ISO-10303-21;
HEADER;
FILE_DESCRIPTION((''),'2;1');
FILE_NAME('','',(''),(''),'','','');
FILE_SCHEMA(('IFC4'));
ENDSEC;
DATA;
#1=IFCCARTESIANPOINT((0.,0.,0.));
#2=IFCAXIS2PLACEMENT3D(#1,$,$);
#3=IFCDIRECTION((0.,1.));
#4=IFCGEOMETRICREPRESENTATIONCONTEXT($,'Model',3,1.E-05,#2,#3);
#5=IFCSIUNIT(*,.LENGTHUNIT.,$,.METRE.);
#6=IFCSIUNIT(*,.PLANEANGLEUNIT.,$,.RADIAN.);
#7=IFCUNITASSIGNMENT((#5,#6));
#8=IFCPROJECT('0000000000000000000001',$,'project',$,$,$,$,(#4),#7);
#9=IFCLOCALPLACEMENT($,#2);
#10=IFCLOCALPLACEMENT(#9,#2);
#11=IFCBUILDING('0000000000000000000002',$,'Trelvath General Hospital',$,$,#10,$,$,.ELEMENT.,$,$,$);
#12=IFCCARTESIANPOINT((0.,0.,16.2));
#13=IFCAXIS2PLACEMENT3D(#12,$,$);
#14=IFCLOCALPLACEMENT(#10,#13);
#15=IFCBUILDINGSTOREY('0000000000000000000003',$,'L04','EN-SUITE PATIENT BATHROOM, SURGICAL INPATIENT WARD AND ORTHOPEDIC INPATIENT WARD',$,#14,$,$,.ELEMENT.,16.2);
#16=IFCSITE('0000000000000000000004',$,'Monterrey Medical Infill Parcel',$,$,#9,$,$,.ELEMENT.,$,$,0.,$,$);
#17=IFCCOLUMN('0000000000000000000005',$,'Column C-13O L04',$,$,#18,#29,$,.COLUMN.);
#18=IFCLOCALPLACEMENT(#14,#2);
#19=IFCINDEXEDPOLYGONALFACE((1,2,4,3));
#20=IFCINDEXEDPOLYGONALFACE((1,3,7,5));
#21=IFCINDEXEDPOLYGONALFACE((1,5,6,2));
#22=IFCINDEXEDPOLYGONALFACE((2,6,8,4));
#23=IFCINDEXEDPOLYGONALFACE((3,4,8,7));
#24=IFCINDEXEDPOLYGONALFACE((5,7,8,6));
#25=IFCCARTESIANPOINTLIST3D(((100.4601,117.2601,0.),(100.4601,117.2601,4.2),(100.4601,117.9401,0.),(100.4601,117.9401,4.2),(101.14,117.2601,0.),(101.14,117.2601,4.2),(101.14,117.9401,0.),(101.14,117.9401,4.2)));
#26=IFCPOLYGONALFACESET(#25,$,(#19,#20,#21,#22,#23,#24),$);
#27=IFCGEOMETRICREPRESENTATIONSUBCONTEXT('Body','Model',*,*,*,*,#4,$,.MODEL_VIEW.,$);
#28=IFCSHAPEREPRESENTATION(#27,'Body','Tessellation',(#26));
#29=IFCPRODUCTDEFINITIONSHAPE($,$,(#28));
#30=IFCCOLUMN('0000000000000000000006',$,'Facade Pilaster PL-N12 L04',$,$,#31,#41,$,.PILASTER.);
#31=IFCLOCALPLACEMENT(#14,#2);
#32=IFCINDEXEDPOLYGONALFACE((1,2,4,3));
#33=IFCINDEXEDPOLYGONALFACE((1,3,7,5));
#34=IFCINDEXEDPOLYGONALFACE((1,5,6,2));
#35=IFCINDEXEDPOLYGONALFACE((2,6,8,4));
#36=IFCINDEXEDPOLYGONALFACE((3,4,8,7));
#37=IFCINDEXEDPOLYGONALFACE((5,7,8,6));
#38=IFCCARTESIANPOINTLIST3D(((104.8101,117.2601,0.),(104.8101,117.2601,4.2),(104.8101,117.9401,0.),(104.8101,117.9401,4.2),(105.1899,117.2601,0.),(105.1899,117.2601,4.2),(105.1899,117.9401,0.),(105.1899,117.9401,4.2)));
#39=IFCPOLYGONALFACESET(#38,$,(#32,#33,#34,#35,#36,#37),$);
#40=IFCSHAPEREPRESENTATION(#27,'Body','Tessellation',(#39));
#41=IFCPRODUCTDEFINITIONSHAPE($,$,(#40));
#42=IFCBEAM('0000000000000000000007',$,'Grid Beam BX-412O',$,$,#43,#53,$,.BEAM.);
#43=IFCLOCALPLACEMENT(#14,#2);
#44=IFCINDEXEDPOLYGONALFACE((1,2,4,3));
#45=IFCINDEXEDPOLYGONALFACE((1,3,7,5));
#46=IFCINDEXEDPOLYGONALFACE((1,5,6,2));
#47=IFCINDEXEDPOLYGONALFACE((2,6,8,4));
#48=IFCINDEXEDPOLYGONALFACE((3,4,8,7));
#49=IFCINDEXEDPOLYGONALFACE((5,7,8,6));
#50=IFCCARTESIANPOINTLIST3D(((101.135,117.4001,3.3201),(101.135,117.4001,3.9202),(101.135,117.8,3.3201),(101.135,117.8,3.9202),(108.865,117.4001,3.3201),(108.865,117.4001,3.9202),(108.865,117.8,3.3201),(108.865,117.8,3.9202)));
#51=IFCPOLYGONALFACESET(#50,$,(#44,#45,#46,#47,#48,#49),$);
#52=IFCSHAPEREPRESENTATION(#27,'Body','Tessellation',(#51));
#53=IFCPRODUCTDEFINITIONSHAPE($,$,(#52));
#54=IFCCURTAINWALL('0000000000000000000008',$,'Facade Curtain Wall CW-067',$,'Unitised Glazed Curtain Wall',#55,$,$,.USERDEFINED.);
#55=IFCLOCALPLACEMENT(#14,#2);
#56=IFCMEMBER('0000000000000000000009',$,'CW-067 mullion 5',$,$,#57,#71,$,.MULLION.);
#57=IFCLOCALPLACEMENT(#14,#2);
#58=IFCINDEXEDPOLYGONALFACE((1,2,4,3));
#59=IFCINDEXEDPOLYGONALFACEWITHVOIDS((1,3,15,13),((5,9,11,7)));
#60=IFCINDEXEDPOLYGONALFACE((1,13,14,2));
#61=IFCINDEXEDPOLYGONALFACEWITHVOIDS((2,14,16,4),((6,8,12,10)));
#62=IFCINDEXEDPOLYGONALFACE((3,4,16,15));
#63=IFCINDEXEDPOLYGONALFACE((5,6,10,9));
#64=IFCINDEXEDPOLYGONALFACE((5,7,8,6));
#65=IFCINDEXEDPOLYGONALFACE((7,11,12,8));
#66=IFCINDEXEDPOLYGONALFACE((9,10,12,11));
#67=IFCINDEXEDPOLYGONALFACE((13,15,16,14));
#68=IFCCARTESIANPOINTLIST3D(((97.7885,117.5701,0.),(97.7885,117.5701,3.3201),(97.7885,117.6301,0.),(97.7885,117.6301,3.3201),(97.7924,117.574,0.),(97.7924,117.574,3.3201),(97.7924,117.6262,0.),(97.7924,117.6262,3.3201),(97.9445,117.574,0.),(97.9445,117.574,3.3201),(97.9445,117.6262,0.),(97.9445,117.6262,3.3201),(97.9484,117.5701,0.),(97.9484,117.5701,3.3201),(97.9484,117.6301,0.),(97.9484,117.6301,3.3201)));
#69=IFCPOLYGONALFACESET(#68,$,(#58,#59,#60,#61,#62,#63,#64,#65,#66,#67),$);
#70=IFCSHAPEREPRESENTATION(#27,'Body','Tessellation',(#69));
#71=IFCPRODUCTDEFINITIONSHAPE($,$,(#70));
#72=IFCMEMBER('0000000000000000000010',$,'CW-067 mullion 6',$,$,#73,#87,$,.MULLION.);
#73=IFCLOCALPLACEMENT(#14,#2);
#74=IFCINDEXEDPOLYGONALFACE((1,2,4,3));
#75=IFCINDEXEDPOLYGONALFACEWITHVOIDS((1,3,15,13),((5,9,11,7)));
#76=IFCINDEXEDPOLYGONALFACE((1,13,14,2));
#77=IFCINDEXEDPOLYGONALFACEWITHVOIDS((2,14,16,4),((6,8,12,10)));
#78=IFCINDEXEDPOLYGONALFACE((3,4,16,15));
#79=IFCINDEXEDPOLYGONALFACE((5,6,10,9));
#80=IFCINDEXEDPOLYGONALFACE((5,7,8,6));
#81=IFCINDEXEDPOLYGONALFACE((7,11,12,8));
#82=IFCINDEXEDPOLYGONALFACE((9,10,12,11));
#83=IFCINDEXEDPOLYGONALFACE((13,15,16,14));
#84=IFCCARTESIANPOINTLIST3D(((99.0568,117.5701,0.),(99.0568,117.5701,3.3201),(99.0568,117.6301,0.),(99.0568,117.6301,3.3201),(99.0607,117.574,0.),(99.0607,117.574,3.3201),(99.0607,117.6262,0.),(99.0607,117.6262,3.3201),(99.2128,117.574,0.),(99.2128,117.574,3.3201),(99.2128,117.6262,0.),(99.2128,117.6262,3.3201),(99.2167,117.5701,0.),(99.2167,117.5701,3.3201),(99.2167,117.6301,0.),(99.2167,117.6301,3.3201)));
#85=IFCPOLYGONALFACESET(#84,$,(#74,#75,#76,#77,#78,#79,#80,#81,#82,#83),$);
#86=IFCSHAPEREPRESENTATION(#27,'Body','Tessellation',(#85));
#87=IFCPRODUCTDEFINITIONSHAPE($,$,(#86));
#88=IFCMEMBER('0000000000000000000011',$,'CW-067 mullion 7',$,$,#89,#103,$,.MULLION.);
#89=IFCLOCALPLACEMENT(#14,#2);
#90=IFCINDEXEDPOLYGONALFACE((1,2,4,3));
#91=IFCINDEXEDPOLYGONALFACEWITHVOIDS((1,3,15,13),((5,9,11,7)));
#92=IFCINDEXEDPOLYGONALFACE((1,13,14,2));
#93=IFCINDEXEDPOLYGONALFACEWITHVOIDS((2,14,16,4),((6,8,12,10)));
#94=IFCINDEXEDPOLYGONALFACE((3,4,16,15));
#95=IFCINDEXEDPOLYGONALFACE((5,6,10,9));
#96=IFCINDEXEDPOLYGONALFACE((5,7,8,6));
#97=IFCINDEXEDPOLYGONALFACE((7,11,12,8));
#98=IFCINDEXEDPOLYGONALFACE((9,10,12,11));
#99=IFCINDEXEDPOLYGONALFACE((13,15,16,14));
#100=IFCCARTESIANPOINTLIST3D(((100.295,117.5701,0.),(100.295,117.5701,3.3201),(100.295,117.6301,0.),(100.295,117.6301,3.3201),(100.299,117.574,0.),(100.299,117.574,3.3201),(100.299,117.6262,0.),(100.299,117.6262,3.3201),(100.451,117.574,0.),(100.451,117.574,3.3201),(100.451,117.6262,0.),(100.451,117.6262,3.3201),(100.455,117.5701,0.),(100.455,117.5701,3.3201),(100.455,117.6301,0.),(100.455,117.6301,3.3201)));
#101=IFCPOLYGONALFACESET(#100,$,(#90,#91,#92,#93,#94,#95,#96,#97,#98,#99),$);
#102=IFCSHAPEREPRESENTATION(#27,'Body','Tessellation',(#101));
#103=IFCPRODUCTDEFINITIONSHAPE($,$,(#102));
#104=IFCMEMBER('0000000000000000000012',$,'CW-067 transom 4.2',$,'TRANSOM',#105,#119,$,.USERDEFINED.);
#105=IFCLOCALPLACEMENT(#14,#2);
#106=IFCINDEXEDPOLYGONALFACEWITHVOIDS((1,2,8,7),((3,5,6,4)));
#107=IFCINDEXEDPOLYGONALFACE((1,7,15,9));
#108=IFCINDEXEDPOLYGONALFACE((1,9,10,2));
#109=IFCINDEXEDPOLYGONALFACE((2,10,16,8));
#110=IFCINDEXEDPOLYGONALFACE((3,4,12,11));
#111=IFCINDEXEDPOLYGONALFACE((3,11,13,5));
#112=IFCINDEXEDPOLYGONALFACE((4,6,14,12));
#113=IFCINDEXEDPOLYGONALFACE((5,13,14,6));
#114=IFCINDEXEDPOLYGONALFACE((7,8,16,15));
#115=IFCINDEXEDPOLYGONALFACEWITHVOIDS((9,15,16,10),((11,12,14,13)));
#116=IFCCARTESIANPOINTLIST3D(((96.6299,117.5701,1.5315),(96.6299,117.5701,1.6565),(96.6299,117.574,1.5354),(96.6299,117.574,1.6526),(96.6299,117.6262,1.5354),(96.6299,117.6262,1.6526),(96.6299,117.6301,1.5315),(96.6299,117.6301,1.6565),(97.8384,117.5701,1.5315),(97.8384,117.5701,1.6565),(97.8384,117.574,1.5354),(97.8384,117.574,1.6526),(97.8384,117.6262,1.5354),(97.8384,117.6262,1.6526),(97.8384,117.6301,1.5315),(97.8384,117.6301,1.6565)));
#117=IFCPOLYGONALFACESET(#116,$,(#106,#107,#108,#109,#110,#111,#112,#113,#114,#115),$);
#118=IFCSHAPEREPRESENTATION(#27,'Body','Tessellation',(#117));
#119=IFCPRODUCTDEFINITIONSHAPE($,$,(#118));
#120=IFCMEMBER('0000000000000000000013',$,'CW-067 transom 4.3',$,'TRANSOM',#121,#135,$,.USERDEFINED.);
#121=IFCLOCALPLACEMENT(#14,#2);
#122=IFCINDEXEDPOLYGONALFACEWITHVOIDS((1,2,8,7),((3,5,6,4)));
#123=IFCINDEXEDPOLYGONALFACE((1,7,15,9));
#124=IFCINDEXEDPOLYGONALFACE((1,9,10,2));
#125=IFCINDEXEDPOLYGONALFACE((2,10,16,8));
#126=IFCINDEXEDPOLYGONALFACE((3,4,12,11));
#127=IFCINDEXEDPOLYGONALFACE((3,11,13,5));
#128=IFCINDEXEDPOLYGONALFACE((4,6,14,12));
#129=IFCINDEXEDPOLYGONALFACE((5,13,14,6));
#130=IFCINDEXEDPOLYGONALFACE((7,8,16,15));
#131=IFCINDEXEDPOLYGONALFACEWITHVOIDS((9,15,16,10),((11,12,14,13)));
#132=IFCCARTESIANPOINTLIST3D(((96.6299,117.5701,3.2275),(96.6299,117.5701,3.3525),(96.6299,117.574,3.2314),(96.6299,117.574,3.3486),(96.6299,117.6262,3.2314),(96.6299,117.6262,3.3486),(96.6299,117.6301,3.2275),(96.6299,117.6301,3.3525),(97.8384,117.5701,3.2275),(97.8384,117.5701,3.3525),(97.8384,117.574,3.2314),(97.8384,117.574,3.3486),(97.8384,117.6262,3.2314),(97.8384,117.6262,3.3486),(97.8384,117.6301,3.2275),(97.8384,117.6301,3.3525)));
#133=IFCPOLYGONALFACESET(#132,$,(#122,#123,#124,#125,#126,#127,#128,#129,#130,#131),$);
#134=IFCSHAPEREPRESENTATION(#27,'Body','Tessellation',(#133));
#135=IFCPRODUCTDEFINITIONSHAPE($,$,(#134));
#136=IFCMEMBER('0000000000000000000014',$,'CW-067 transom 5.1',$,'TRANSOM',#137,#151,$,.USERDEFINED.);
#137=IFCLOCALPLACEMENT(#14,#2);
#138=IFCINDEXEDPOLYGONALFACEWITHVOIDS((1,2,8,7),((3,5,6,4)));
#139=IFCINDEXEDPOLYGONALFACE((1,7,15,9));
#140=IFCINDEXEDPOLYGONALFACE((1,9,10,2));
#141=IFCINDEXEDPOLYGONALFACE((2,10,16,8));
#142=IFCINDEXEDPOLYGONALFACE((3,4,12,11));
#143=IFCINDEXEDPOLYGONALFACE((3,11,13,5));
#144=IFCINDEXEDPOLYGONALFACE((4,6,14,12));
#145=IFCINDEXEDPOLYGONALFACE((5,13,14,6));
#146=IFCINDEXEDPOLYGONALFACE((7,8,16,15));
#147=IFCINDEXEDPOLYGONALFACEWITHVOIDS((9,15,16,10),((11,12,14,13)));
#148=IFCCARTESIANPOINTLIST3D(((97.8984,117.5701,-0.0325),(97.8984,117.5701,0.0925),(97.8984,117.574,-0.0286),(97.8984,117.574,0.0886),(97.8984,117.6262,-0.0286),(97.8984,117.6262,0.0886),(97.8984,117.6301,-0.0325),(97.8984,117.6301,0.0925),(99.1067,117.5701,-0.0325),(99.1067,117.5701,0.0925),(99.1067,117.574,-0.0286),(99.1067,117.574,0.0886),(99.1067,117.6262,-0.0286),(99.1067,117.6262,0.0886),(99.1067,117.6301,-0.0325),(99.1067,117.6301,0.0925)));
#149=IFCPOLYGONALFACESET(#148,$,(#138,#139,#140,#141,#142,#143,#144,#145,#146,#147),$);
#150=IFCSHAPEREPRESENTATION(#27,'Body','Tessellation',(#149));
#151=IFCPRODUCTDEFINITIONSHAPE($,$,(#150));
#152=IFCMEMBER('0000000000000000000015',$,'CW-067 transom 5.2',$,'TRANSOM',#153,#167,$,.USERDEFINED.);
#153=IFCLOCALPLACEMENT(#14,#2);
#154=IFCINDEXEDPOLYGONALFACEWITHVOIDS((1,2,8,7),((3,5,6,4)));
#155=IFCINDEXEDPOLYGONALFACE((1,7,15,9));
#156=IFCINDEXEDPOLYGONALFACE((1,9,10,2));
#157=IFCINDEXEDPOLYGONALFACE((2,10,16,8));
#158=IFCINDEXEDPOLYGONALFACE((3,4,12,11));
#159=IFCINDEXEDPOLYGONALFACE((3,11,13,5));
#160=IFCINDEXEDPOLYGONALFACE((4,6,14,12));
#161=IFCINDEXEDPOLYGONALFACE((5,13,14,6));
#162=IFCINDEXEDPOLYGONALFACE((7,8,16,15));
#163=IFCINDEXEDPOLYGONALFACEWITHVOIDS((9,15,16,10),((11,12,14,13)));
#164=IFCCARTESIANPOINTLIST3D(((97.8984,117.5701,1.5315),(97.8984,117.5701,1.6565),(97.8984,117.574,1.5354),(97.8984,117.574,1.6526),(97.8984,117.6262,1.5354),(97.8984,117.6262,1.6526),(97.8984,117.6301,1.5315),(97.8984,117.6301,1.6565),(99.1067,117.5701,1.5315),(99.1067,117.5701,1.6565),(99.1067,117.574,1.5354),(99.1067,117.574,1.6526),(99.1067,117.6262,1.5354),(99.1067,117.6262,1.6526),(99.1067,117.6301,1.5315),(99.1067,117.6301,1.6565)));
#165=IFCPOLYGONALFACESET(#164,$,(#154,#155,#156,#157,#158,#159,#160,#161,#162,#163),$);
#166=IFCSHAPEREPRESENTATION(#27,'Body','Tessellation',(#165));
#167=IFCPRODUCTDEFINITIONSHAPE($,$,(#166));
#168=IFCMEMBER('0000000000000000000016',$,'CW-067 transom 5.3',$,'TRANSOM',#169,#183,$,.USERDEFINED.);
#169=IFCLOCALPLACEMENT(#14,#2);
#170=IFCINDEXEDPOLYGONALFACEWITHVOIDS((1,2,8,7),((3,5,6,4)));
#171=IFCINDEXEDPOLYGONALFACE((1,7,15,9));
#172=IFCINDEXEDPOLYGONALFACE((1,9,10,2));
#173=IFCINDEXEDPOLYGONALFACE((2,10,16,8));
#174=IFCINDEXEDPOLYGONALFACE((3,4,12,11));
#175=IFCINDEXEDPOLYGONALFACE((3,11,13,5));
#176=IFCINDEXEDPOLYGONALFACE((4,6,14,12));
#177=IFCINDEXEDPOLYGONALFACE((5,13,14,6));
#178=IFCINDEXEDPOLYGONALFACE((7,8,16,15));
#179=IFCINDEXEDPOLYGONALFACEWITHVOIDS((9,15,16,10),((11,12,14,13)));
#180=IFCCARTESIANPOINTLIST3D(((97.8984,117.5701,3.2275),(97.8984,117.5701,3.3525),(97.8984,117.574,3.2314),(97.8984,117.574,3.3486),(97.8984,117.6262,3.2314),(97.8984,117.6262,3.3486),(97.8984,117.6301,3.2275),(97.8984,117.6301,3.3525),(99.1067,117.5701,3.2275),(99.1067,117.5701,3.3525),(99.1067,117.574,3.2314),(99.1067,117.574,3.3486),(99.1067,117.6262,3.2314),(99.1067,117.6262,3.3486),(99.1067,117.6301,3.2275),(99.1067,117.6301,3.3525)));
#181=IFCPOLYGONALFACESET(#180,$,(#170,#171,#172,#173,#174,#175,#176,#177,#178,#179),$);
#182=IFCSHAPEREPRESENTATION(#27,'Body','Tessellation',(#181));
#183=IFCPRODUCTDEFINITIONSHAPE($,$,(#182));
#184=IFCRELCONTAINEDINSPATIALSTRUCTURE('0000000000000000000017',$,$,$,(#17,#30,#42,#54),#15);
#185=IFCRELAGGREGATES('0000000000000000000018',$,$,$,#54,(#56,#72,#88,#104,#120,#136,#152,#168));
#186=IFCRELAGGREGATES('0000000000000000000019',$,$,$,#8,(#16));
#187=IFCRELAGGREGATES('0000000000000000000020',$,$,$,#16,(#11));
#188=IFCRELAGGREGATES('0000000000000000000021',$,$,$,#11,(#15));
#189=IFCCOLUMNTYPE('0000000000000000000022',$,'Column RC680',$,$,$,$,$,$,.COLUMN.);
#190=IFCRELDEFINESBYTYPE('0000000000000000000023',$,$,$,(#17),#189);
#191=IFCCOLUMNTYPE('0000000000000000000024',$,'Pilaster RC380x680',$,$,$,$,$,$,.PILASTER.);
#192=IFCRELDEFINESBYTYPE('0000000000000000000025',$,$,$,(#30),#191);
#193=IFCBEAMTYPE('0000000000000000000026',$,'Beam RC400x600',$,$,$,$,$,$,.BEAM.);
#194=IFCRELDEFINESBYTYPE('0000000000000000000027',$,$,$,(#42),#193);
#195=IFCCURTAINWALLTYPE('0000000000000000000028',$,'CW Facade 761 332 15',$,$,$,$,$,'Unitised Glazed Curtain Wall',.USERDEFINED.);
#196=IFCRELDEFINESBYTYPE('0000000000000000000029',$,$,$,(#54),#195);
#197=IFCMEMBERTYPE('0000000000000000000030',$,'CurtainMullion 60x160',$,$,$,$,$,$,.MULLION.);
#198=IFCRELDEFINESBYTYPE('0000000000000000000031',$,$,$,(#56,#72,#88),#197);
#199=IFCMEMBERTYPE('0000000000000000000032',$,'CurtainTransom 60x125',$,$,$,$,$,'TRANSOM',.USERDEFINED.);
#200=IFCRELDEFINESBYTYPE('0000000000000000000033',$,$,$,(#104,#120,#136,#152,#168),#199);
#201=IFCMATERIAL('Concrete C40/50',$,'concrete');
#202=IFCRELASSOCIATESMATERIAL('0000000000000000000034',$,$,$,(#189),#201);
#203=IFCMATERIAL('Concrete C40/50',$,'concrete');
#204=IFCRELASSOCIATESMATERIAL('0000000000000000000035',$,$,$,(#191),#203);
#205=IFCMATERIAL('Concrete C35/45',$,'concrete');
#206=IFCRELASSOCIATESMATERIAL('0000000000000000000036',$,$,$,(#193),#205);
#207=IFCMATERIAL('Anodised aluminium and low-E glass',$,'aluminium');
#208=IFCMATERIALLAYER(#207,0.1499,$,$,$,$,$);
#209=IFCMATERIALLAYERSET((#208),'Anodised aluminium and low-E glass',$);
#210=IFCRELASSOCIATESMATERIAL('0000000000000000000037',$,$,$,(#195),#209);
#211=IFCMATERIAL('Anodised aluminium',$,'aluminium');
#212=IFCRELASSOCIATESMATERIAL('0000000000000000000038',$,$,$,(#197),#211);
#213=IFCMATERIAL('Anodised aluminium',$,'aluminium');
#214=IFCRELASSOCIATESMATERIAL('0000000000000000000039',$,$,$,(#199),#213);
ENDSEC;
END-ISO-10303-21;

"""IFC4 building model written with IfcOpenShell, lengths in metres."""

from ifc_helpers import new_model, si_unit, direction, frame, origin, origin_2d, place, context, subcontext, project, spatial, rectangle, hollow_rectangle, extrude, material, layer, layer_set, material_profile, profile_set, type_object, element, aggregate, save


model = new_model("IFC4")

# Units and contexts
model_context = context("Model", 3, precision=1e-05, world=origin(), true_north=direction((0.0, 1.0)))
body_context = subcontext(model_context, "Body", "Model", "MODEL_VIEW")
ifc_project = project(units=[si_unit("LENGTHUNIT", "METRE"), si_unit("PLANEANGLEUNIT", "RADIAN")], contexts=[model_context])

# Site, building, storey
site_placement = place(None, origin())
site = spatial("IfcSite", under=ifc_project, at=site_placement, Name="Monterrey Medical Infill Parcel", CompositionType="ELEMENT", RefElevation=0.0)
building_placement = place(site_placement, origin())
building = spatial("IfcBuilding", under=site, at=building_placement, Name="Trelvath General Hospital", CompositionType="ELEMENT")
storey_placement = place(building_placement, frame((0.0, 0.0, 16.2)))
storey = spatial("IfcBuildingStorey", under=building, at=storey_placement, Name="L04", Description="EN-SUITE PATIENT BATHROOM, SURGICAL INPATIENT WARD AND ORTHOPEDIC INPATIENT WARD", CompositionType="ELEMENT", Elevation=16.2)

# Columns
ifc_material_1 = material(Name="Concrete C40/50", Category="concrete")
ifc_material_profile_1 = material_profile(ifc_material_1, rectangle(XDim=0.6799, YDim=0.6799, at=origin_2d()), Name="RC680x680")
ifc_profile_set_1 = profile_set([ifc_material_profile_1], Name="Concrete C40/50")
column_type_1 = type_object("IfcColumnType", Name="Column RC680", PredefinedType="COLUMN", material=ifc_profile_set_1)
column_1_placement = place(storey_placement, frame((100.8, 117.6001, 0.0), z_axis=(0.0, 0.0, 1.0), x_axis=(1.0, 0.0, 0.0)))
element("IfcColumn", 1, at=column_1_placement, inside=storey, type_object=column_type_1, Name="Column C-13O L04", PredefinedType="COLUMN", context=body_context, shape_type="SweptSolid", body=[
    extrude(rectangle(XDim=0.6799, YDim=0.6799, at=origin_2d()), origin(), (0.0, 0.0, 1.0), 4.2),
])
ifc_material_2 = material(Name="Concrete C40/50", Category="concrete")
ifc_material_profile_2 = material_profile(ifc_material_2, rectangle(XDim=0.3799, YDim=0.6799, at=origin_2d()), Name="RC380x680")
ifc_profile_set_2 = profile_set([ifc_material_profile_2], Name="Concrete C40/50")
column_type_2 = type_object("IfcColumnType", Name="Pilaster RC380x680", PredefinedType="PILASTER", material=ifc_profile_set_2)
column_2_placement = place(storey_placement, frame((105.0, 117.6001, 0.0), z_axis=(0.0, 0.0, 1.0), x_axis=(1.0, 0.0, 0.0)))
element("IfcColumn", 2, at=column_2_placement, inside=storey, type_object=column_type_2, Name="Facade Pilaster PL-N12 L04", PredefinedType="PILASTER", context=body_context, shape_type="SweptSolid", body=[
    extrude(rectangle(XDim=0.3799, YDim=0.6799, at=origin_2d()), origin(), (0.0, 0.0, 1.0), 4.2),
])

# Beam
ifc_material_3 = material(Name="Concrete C35/45", Category="concrete")
ifc_material_profile_3 = material_profile(ifc_material_3, rectangle(XDim=0.3999, YDim=0.6001, at=origin_2d()), Name="RCB400x600")
ifc_profile_set_3 = profile_set([ifc_material_profile_3], Name="Concrete C35/45")
beam_type = type_object("IfcBeamType", Name="Beam RC400x600", PredefinedType="BEAM", material=ifc_profile_set_3)
beam_placement = place(storey_placement, frame((101.135, 117.6001, 3.6201), z_axis=(1.0, 0.0, 0.0), x_axis=(0.0, 1.0, 0.0)))
element("IfcBeam", 3, at=beam_placement, inside=storey, type_object=beam_type, Name="Grid Beam BX-412O", PredefinedType="BEAM", context=body_context, shape_type="SweptSolid", body=[
    extrude(rectangle(XDim=0.3999, YDim=0.6001, at=origin_2d()), origin(), (0.0, 0.0, 1.0), 7.73),
])

# Curtain wall, members
ifc_material_4 = material(Name="Anodised aluminium and low-E glass", Category="aluminium")
ifc_layer_1 = layer(ifc_material_4, 0.1499)
ifc_layer_set_1 = layer_set([ifc_layer_1], Name="Anodised aluminium and low-E glass")
curtain_wall_type = type_object("IfcCurtainWallType", Name="CW Facade 761 332 15", ElementType="Unitised Glazed Curtain Wall", PredefinedType="USERDEFINED", material=ifc_layer_set_1)
curtain_wall_placement = place(storey_placement, origin())
curtain_wall = element("IfcCurtainWall", 4, at=curtain_wall_placement, inside=storey, type_object=curtain_wall_type, Name="Facade Curtain Wall CW-067", ObjectType="Unitised Glazed Curtain Wall", PredefinedType="USERDEFINED")
ifc_material_5 = material(Name="Anodised aluminium", Category="aluminium")
ifc_material_profile_4 = material_profile(ifc_material_5, hollow_rectangle(XDim=0.0601, YDim=0.1599, WallThickness=0.0039, at=origin_2d()), Name="RHS60x160x4")
ifc_profile_set_4 = profile_set([ifc_material_profile_4], Name="Anodised aluminium")
member_type_1 = type_object("IfcMemberType", Name="CurtainMullion 60x160", PredefinedType="MULLION", material=ifc_profile_set_4)
member_1_placement = place(storey_placement, frame((97.8684, 117.6001, 0.0), z_axis=(0.0, 0.0, 1.0), x_axis=(0.0, 1.0, 0.0)))
member_1 = element("IfcMember", 5, at=member_1_placement, type_object=member_type_1, Name="CW-067 mullion 5", PredefinedType="MULLION", context=body_context, shape_type="SweptSolid", body=[
    extrude(hollow_rectangle(XDim=0.0601, YDim=0.1599, WallThickness=0.0039, at=origin_2d()), origin(), (0.0, 0.0, 1.0), 3.3201),
])
member_2_placement = place(storey_placement, frame((99.1367, 117.6001, 0.0), z_axis=(0.0, 0.0, 1.0), x_axis=(0.0, 1.0, 0.0)))
member_2 = element("IfcMember", 6, at=member_2_placement, type_object=member_type_1, Name="CW-067 mullion 6", PredefinedType="MULLION", context=body_context, shape_type="SweptSolid", body=[
    extrude(hollow_rectangle(XDim=0.0601, YDim=0.1599, WallThickness=0.0039, at=origin_2d()), origin(), (0.0, 0.0, 1.0), 3.3201),
])
member_3_placement = place(storey_placement, frame((100.375, 117.6001, 0.0), z_axis=(0.0, 0.0, 1.0), x_axis=(0.0, 1.0, 0.0)))
member_3 = element("IfcMember", 7, at=member_3_placement, type_object=member_type_1, Name="CW-067 mullion 7", PredefinedType="MULLION", context=body_context, shape_type="SweptSolid", body=[
    extrude(hollow_rectangle(XDim=0.0601, YDim=0.1599, WallThickness=0.0039, at=origin_2d()), origin(), (0.0, 0.0, 1.0), 3.3201),
])
ifc_material_6 = material(Name="Anodised aluminium", Category="aluminium")
ifc_material_profile_5 = material_profile(ifc_material_6, hollow_rectangle(XDim=0.0601, YDim=0.125, WallThickness=0.0039, at=origin_2d()), Name="RHS60x125x4")
ifc_profile_set_5 = profile_set([ifc_material_profile_5], Name="Anodised aluminium")
member_type_2 = type_object("IfcMemberType", Name="CurtainTransom 60x125", ElementType="TRANSOM", PredefinedType="USERDEFINED", material=ifc_profile_set_5)
member_4_placement = place(storey_placement, frame((96.6299, 117.6001, 1.594), z_axis=(1.0, 0.0, 0.0), x_axis=(0.0, 1.0, 0.0)))
member_4 = element("IfcMember", 8, at=member_4_placement, type_object=member_type_2, Name="CW-067 transom 4.2", ObjectType="TRANSOM", PredefinedType="USERDEFINED", context=body_context, shape_type="SweptSolid", body=[
    extrude(hollow_rectangle(XDim=0.0601, YDim=0.125, WallThickness=0.0039, at=origin_2d()), origin(), (0.0, 0.0, 1.0), 1.2085),
])
member_5_placement = place(storey_placement, frame((96.6299, 117.6001, 3.29), z_axis=(1.0, 0.0, 0.0), x_axis=(0.0, 1.0, 0.0)))
member_5 = element("IfcMember", 9, at=member_5_placement, type_object=member_type_2, Name="CW-067 transom 4.3", ObjectType="TRANSOM", PredefinedType="USERDEFINED", context=body_context, shape_type="SweptSolid", body=[
    extrude(hollow_rectangle(XDim=0.0601, YDim=0.125, WallThickness=0.0039, at=origin_2d()), origin(), (0.0, 0.0, 1.0), 1.2085),
])
member_6_placement = place(storey_placement, frame((97.8984, 117.6001, 0.03), z_axis=(1.0, 0.0, 0.0), x_axis=(0.0, 1.0, 0.0)))
member_6 = element("IfcMember", 10, at=member_6_placement, type_object=member_type_2, Name="CW-067 transom 5.1", ObjectType="TRANSOM", PredefinedType="USERDEFINED", context=body_context, shape_type="SweptSolid", body=[
    extrude(hollow_rectangle(XDim=0.0601, YDim=0.125, WallThickness=0.0039, at=origin_2d()), origin(), (0.0, 0.0, 1.0), 1.2083),
])
member_7_placement = place(storey_placement, frame((97.8984, 117.6001, 1.594), z_axis=(1.0, 0.0, 0.0), x_axis=(0.0, 1.0, 0.0)))
member_7 = element("IfcMember", 11, at=member_7_placement, type_object=member_type_2, Name="CW-067 transom 5.2", ObjectType="TRANSOM", PredefinedType="USERDEFINED", context=body_context, shape_type="SweptSolid", body=[
    extrude(hollow_rectangle(XDim=0.0601, YDim=0.125, WallThickness=0.0039, at=origin_2d()), origin(), (0.0, 0.0, 1.0), 1.2083),
])
member_8_placement = place(storey_placement, frame((97.8984, 117.6001, 3.29), z_axis=(1.0, 0.0, 0.0), x_axis=(0.0, 1.0, 0.0)))
member_8 = element("IfcMember", 12, at=member_8_placement, type_object=member_type_2, Name="CW-067 transom 5.3", ObjectType="TRANSOM", PredefinedType="USERDEFINED", context=body_context, shape_type="SweptSolid", body=[
    extrude(hollow_rectangle(XDim=0.0601, YDim=0.125, WallThickness=0.0039, at=origin_2d()), origin(), (0.0, 0.0, 1.0), 1.2083),
])
aggregate(curtain_wall, [member_1, member_2, member_3, member_4, member_5, member_6, member_7, member_8])

save(model, "model.ifc")
